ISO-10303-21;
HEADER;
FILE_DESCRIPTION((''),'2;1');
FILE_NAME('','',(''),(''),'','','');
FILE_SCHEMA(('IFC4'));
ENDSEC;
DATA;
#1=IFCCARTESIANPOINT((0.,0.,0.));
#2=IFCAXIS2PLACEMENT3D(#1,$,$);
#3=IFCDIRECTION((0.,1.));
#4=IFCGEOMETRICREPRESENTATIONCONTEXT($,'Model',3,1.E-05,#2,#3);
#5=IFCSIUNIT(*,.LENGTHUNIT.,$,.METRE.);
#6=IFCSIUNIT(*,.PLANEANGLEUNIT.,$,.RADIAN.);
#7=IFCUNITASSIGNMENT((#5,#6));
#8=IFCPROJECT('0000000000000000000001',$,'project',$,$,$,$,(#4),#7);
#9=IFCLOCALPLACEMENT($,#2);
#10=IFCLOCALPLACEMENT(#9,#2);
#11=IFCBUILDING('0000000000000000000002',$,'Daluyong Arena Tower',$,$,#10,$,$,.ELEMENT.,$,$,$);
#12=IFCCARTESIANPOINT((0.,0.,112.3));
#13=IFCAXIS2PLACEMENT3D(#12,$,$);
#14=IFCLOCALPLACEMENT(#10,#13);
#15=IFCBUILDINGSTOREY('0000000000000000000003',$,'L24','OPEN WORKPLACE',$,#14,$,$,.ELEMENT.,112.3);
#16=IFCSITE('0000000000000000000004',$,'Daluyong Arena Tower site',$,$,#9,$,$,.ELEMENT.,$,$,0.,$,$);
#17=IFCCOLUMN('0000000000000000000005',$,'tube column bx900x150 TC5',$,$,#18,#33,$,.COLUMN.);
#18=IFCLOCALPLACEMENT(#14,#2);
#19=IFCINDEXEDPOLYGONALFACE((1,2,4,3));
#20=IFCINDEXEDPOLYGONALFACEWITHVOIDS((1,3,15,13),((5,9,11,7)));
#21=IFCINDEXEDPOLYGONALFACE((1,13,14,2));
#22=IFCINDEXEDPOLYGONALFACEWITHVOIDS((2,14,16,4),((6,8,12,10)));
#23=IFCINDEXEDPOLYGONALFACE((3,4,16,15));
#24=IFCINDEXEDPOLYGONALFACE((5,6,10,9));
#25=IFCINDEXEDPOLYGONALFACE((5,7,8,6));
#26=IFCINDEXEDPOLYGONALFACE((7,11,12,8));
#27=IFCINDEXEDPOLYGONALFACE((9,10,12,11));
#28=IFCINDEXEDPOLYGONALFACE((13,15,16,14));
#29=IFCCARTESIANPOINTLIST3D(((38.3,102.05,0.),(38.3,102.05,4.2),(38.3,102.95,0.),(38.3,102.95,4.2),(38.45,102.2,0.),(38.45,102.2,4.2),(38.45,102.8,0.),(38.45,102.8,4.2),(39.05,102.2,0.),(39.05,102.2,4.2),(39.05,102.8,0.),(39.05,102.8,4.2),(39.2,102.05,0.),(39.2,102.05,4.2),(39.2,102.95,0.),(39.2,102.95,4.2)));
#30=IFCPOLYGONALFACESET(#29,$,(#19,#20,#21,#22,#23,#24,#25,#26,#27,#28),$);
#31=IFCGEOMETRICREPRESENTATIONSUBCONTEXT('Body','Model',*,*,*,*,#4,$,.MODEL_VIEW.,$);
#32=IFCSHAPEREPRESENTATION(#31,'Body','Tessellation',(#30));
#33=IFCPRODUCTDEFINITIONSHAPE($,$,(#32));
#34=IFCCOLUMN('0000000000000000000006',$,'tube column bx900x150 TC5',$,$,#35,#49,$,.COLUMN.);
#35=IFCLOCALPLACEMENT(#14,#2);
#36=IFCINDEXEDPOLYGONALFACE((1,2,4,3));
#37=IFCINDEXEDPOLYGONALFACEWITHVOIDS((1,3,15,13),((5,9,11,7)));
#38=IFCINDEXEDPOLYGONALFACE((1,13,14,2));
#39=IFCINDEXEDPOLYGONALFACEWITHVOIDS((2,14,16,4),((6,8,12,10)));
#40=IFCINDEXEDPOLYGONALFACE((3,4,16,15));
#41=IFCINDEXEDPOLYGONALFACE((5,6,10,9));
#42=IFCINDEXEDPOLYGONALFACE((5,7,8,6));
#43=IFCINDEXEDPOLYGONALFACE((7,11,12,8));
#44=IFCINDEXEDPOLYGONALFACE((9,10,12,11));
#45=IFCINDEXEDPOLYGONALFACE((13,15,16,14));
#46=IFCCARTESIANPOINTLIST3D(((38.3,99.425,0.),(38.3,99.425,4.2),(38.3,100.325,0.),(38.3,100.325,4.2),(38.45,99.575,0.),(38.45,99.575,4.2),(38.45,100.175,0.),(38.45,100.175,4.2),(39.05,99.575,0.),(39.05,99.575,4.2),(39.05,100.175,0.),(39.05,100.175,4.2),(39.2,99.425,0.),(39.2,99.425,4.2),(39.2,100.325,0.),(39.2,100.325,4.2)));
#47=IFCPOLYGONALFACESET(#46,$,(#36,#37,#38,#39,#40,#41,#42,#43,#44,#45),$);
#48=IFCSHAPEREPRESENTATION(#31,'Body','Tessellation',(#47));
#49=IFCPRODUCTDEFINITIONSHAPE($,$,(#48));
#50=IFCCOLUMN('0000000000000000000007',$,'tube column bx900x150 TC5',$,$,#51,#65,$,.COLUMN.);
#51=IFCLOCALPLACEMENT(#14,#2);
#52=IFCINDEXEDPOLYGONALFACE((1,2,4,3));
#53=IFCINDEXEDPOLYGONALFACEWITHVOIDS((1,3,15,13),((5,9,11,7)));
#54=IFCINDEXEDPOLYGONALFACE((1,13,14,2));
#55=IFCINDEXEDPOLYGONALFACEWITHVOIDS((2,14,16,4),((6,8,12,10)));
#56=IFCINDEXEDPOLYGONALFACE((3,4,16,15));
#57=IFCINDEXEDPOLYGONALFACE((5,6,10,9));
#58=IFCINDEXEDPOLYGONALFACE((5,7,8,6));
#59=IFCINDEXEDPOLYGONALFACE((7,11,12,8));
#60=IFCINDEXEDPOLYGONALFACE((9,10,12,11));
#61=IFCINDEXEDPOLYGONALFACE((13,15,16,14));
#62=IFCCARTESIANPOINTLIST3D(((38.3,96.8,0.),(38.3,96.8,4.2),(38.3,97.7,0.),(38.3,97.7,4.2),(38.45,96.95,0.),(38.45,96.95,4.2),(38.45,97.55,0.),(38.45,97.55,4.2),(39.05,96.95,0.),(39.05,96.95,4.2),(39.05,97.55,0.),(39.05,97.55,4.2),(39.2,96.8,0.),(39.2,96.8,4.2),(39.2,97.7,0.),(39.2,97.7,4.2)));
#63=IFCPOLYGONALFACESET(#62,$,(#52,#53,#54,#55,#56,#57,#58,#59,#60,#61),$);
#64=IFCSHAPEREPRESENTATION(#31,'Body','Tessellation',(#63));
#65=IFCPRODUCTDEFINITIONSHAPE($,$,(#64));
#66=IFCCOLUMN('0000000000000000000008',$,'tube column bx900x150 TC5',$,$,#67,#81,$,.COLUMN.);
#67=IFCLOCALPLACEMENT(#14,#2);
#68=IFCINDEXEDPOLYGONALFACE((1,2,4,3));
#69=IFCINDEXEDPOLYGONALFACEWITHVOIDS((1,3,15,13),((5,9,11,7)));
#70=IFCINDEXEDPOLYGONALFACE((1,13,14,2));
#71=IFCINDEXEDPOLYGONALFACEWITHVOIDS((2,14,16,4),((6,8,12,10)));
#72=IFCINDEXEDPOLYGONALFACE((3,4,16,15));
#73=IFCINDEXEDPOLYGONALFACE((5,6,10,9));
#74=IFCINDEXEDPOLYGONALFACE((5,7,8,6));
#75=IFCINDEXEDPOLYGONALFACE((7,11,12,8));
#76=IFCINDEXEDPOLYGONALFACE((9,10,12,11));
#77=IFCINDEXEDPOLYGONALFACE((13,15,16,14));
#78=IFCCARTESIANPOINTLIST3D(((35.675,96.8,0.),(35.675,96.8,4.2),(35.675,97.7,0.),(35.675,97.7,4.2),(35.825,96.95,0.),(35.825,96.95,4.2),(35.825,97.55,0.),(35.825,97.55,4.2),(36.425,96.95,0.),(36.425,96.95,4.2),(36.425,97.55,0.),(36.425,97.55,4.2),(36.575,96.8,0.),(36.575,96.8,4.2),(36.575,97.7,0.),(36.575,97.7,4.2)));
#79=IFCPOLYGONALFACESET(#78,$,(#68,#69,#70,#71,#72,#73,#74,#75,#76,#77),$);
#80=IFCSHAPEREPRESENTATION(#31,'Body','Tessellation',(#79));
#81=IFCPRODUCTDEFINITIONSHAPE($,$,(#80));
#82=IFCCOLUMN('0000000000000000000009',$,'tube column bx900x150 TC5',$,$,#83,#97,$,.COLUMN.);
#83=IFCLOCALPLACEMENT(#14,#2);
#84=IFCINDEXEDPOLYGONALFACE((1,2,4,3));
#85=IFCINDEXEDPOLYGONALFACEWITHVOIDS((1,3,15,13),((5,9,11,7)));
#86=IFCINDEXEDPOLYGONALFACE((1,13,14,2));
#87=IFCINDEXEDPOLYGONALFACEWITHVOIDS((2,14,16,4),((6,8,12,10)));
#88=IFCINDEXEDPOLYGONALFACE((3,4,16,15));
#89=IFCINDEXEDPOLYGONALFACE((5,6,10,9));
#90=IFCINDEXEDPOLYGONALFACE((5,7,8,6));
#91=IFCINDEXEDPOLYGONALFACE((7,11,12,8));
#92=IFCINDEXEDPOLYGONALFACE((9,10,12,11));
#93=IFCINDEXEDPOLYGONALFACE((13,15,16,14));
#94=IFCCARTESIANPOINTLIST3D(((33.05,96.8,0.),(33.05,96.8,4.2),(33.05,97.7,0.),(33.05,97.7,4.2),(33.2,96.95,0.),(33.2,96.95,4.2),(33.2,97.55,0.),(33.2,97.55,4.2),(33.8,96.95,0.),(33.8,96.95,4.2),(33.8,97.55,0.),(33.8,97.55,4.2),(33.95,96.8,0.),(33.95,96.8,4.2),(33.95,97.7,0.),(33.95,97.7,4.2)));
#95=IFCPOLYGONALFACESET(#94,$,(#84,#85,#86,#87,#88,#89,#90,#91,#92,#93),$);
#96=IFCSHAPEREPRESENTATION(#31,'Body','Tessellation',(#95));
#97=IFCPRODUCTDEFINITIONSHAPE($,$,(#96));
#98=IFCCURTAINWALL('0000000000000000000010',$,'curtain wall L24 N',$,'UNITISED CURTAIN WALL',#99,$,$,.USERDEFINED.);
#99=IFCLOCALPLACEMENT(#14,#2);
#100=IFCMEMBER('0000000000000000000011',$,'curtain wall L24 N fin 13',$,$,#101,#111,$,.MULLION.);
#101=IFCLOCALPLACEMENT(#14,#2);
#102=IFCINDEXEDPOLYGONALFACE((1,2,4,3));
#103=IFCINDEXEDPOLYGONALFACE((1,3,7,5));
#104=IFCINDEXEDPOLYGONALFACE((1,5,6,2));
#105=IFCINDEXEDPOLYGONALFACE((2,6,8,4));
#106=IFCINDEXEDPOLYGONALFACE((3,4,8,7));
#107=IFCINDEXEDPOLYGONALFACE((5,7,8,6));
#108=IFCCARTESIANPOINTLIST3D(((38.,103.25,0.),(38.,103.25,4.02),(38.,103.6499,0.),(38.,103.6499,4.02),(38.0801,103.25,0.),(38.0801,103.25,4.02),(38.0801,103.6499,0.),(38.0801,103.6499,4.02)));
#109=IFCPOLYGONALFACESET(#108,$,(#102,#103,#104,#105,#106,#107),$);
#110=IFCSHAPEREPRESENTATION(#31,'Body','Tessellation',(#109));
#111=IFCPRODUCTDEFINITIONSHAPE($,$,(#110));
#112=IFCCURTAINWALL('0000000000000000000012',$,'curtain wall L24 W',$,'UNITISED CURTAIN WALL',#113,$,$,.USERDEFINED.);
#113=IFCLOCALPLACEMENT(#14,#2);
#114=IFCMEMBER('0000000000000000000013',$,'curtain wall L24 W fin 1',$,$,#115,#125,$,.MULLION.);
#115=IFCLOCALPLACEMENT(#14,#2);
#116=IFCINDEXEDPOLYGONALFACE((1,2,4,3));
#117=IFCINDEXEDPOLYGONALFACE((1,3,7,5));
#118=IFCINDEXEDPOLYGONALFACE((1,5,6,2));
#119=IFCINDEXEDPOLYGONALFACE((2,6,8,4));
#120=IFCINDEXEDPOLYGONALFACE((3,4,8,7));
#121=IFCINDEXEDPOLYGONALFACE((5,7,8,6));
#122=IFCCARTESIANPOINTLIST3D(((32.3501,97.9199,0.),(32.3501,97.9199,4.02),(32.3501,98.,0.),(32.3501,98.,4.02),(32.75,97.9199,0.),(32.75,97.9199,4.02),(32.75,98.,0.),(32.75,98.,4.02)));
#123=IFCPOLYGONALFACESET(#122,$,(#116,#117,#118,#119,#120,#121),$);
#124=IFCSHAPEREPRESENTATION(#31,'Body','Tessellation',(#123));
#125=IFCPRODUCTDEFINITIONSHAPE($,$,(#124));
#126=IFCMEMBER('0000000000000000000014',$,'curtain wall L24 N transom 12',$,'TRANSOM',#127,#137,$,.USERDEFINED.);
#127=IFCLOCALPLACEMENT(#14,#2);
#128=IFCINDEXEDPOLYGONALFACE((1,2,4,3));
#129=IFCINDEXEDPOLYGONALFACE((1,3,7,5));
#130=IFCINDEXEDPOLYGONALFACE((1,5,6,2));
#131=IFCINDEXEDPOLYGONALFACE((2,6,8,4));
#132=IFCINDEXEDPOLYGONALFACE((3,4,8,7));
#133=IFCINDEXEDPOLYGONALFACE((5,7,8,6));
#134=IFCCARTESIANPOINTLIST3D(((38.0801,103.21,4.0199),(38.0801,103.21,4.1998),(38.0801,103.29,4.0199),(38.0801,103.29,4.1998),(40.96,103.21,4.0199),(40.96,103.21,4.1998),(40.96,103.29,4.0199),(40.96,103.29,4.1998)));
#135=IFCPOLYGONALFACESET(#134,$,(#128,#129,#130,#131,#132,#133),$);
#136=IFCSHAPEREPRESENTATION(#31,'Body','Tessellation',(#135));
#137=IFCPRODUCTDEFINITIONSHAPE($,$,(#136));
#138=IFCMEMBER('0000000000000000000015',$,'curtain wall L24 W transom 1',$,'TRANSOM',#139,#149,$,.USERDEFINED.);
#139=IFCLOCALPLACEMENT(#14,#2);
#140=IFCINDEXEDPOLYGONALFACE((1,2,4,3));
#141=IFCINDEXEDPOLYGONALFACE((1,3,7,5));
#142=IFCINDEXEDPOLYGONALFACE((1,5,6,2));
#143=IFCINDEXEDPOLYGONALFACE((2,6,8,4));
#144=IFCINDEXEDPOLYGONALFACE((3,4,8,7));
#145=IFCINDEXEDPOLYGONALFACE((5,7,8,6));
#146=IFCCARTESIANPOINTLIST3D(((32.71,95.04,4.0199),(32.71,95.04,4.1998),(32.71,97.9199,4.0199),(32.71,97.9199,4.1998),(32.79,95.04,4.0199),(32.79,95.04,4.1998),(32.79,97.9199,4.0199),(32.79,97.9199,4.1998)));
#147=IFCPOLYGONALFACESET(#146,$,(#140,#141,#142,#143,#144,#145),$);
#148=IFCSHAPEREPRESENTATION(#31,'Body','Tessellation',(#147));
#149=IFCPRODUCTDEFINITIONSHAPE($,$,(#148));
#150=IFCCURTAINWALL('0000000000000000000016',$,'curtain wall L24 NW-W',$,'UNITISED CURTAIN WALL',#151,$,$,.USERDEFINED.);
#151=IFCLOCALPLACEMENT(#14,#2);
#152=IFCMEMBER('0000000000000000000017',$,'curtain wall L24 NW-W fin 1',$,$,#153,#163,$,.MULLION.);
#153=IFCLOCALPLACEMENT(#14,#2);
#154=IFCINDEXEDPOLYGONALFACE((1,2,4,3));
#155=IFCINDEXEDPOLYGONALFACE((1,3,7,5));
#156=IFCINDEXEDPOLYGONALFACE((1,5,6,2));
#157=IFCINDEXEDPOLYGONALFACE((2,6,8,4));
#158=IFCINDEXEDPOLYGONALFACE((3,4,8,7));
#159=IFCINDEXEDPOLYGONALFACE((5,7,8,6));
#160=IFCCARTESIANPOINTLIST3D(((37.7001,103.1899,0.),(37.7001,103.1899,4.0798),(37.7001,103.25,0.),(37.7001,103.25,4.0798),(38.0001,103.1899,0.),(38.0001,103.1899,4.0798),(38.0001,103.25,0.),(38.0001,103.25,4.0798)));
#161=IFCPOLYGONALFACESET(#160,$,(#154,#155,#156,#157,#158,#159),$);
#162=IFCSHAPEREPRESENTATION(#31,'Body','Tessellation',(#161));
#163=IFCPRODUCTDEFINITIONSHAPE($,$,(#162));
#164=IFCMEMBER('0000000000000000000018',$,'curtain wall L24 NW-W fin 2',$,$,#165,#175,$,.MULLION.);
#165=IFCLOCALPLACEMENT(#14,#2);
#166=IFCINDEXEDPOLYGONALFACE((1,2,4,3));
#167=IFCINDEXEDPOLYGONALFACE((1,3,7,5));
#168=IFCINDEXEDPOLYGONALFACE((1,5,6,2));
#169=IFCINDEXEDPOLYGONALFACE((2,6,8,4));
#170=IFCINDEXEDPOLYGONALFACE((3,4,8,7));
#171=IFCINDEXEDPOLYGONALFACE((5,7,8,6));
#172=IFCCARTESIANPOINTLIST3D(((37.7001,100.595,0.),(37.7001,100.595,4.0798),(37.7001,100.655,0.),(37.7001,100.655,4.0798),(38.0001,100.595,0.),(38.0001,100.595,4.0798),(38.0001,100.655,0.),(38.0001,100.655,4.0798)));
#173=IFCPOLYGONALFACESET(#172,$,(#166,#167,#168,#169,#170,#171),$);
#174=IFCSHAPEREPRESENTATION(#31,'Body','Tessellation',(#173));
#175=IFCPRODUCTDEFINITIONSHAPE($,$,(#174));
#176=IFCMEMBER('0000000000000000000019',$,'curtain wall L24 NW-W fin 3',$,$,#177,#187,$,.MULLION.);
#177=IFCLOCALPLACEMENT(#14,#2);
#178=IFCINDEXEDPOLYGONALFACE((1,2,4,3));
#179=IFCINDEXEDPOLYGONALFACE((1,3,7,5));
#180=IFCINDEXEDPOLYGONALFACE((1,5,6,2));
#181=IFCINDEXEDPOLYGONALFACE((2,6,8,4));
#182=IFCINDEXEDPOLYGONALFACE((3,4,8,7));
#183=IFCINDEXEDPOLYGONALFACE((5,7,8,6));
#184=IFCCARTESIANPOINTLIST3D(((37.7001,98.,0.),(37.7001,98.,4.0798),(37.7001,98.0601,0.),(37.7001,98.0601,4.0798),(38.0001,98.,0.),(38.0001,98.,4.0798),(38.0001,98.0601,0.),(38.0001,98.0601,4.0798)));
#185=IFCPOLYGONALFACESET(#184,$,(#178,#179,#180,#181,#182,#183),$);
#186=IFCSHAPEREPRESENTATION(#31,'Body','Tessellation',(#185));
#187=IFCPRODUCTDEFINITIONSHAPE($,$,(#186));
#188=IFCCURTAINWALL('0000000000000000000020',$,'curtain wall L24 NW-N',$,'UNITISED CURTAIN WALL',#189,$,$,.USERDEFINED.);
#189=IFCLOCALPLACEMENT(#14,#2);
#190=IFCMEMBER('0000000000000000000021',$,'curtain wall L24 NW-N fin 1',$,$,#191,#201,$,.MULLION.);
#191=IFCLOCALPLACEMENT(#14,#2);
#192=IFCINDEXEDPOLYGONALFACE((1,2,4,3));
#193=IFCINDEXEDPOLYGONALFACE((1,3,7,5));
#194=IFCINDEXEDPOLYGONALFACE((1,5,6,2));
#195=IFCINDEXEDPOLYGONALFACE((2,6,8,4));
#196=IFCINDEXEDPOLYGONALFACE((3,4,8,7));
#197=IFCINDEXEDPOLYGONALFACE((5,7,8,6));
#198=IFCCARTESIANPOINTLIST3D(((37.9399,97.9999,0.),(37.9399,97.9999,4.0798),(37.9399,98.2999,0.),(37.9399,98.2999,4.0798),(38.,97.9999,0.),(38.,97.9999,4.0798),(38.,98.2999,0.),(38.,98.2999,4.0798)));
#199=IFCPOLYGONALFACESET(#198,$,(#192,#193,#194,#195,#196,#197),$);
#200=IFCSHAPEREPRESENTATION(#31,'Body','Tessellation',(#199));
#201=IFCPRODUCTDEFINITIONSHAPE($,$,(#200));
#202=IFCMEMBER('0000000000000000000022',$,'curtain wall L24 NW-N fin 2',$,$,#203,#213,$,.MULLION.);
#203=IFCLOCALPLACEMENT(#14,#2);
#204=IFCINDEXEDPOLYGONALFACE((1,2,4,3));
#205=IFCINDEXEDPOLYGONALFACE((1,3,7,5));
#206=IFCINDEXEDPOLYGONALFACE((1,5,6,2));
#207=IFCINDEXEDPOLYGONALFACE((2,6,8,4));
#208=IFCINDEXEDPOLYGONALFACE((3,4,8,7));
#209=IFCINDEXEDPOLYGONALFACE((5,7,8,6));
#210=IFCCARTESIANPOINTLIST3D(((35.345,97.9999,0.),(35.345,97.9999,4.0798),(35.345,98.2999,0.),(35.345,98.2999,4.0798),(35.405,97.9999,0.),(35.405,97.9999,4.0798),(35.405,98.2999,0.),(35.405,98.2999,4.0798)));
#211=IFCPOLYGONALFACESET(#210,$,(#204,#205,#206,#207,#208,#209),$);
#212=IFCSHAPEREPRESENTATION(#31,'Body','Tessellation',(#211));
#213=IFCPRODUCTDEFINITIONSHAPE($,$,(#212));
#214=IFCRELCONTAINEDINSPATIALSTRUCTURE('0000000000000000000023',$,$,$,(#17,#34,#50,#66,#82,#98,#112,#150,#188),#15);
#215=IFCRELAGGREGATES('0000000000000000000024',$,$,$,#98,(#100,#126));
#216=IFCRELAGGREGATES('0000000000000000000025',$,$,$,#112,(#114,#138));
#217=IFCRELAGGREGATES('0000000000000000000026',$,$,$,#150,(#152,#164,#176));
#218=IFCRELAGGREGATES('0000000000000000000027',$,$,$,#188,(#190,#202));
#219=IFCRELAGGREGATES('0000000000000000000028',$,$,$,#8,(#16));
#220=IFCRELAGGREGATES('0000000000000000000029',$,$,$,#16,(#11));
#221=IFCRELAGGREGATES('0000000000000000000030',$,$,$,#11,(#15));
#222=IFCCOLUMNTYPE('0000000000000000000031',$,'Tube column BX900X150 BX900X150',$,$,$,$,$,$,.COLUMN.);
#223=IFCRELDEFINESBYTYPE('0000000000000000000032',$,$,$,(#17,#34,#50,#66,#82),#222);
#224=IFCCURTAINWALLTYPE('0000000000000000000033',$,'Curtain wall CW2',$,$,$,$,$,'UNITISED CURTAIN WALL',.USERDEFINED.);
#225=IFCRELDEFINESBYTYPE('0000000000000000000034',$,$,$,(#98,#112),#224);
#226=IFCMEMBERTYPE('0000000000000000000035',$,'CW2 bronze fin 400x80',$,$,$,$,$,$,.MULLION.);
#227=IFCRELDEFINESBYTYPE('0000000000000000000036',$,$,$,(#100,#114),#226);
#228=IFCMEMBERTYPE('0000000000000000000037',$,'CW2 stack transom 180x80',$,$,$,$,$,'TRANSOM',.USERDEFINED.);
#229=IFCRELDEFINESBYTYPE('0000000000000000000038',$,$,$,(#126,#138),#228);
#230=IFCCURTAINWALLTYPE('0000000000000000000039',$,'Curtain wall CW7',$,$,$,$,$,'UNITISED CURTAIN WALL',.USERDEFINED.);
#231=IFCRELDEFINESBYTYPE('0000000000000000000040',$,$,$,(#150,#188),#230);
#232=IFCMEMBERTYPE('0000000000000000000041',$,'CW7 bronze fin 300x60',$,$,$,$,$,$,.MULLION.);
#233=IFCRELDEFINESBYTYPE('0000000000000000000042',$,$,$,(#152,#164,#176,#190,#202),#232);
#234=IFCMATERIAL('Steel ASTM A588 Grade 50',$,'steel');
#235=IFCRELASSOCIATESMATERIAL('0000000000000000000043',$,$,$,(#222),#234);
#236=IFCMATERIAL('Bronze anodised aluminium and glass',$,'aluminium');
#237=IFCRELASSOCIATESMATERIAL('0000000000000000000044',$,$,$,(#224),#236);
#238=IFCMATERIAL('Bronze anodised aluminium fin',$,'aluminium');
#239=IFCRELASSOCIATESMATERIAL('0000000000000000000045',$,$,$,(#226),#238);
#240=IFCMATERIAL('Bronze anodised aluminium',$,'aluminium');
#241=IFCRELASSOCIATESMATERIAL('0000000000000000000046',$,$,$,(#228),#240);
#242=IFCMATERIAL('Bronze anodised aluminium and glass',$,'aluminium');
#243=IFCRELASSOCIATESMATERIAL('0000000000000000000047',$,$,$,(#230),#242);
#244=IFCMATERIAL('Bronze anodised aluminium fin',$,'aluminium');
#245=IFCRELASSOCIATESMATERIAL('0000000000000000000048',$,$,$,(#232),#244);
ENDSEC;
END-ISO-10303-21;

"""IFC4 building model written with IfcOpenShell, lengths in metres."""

from ifc_helpers import new_model, si_unit, direction, frame, origin, origin_2d, place, context, subcontext, project, spatial, rectangle, hollow_rectangle, extrude, material, material_profile, profile_set, type_object, element, aggregate, save


model = new_model("IFC4")

# Units and contexts
model_context = context("Model", 3, precision=1e-05, world=origin(), true_north=direction((0.0, 1.0)))
body_context = subcontext(model_context, "Body", "Model", "MODEL_VIEW")
ifc_project = project(units=[si_unit("LENGTHUNIT", "METRE"), si_unit("PLANEANGLEUNIT", "RADIAN")], contexts=[model_context])

# Site, building, storey
site_placement = place(None, origin())
site = spatial("IfcSite", under=ifc_project, at=site_placement, Name="Daluyong Arena Tower site", CompositionType="ELEMENT", RefElevation=0.0)
building_placement = place(site_placement, origin())
building = spatial("IfcBuilding", under=site, at=building_placement, Name="Daluyong Arena Tower", CompositionType="ELEMENT")
storey_placement = place(building_placement, frame((0.0, 0.0, 112.3)))
storey = spatial("IfcBuildingStorey", under=building, at=storey_placement, Name="L24", Description="OPEN WORKPLACE", CompositionType="ELEMENT", Elevation=112.3)

# Columns
ifc_material_1 = material(Name="Steel ASTM A588 Grade 50", Category="steel")
ifc_material_profile_1 = material_profile(ifc_material_1, hollow_rectangle(XDim=0.8999, YDim=0.8999, WallThickness=0.15, at=origin_2d()))
ifc_profile_set_1 = profile_set([ifc_material_profile_1], Name="Steel ASTM A588 Grade 50")
column_type = type_object("IfcColumnType", Name="Tube column BX900X150 BX900X150", PredefinedType="COLUMN", material=ifc_profile_set_1)
for number, where, z_axis, x_axis, name in (
    (1, (38.75, 102.5, 0.0), (0.0, 0.0, 1.0), (0.0, 1.0, 0.0), "tube column bx900x150 TC5"),
    (2, (38.75, 99.875, 0.0), (0.0, 0.0, 1.0), (0.0, 1.0, 0.0), "tube column bx900x150 TC5"),
    (3, (38.75, 97.25, 0.0), (0.0, 0.0, 1.0), (1.0, 0.0, 0.0), "tube column bx900x150 TC5"),
    (4, (36.125, 97.25, 0.0), (0.0, 0.0, 1.0), (1.0, 0.0, 0.0), "tube column bx900x150 TC5"),
    (5, (33.5, 97.25, 0.0), (0.0, 0.0, 1.0), (0.0, 1.0, 0.0), "tube column bx900x150 TC5"),
):
    element("IfcColumn", number, at=place(storey_placement, frame(where, z_axis=z_axis, x_axis=x_axis)), inside=storey, type_object=column_type, Name=name, PredefinedType="COLUMN", context=body_context, shape_type="SweptSolid", body=[
        extrude(hollow_rectangle(XDim=0.8999, YDim=0.8999, WallThickness=0.15, at=origin_2d()), origin(), (0.0, 0.0, 1.0), 4.2),
    ])

# Curtain walls, members
ifc_material_2 = material(Name="Bronze anodised aluminium and glass", Category="aluminium")
curtain_wall_type_1 = type_object("IfcCurtainWallType", Name="Curtain wall CW2", ElementType="UNITISED CURTAIN WALL", PredefinedType="USERDEFINED", material=ifc_material_2)
curtain_wall_1_placement = place(storey_placement, origin())
curtain_wall_1 = element("IfcCurtainWall", 6, at=curtain_wall_1_placement, inside=storey, type_object=curtain_wall_type_1, Name="curtain wall L24 N", ObjectType="UNITISED CURTAIN WALL", PredefinedType="USERDEFINED")
ifc_material_3 = material(Name="Bronze anodised aluminium fin", Category="aluminium")
ifc_material_profile_2 = material_profile(ifc_material_3, rectangle(XDim=0.3999, YDim=0.0801, at=origin_2d()))
ifc_profile_set_2 = profile_set([ifc_material_profile_2], Name="Bronze anodised aluminium fin")
member_type_1 = type_object("IfcMemberType", Name="CW2 bronze fin 400x80", PredefinedType="MULLION", material=ifc_profile_set_2)
member_1_placement = place(storey_placement, frame((38.04, 103.45, 0.0), z_axis=(0.0, 0.0, 1.0), x_axis=(0.0, -1.0, 0.0)))
member_1 = element("IfcMember", 7, at=member_1_placement, type_object=member_type_1, Name="curtain wall L24 N fin 13", PredefinedType="MULLION", context=body_context, shape_type="SweptSolid", body=[
    extrude(rectangle(XDim=0.3999, YDim=0.0801, at=origin_2d()), origin(), (0.0, 0.0, 1.0), 4.02),
])
curtain_wall_2_placement = place(storey_placement, origin())
curtain_wall_2 = element("IfcCurtainWall", 8, at=curtain_wall_2_placement, inside=storey, type_object=curtain_wall_type_1, Name="curtain wall L24 W", ObjectType="UNITISED CURTAIN WALL", PredefinedType="USERDEFINED")
member_2_placement = place(storey_placement, frame((32.55, 97.96, 0.0), z_axis=(0.0, 0.0, 1.0), x_axis=(1.0, 0.0, 0.0)))
member_2 = element("IfcMember", 9, at=member_2_placement, type_object=member_type_1, Name="curtain wall L24 W fin 1", PredefinedType="MULLION", context=body_context, shape_type="SweptSolid", body=[
    extrude(rectangle(XDim=0.3999, YDim=0.0801, at=origin_2d()), origin(), (0.0, 0.0, 1.0), 4.02),
])

# Members
ifc_material_4 = material(Name="Bronze anodised aluminium", Category="aluminium")
ifc_material_profile_3 = material_profile(ifc_material_4, rectangle(XDim=0.0801, YDim=0.1799, at=origin_2d()))
ifc_profile_set_3 = profile_set([ifc_material_profile_3], Name="Bronze anodised aluminium")
member_type_2 = type_object("IfcMemberType", Name="CW2 stack transom 180x80", ElementType="TRANSOM", PredefinedType="USERDEFINED", material=ifc_profile_set_3)
member_3_placement = place(storey_placement, frame((40.96, 103.25, 4.1099), z_axis=(-1.0, 0.0, 0.0), x_axis=(0.0, -1.0, 0.0)))
member_3 = element("IfcMember", 10, at=member_3_placement, type_object=member_type_2, Name="curtain wall L24 N transom 12", ObjectType="TRANSOM", PredefinedType="USERDEFINED", context=body_context, shape_type="SweptSolid", body=[
    extrude(rectangle(XDim=0.0801, YDim=0.1799, at=origin_2d()), origin(), (0.0, 0.0, 1.0), 2.8799),
])
member_4_placement = place(storey_placement, frame((32.75, 97.9199, 4.1099), z_axis=(0.0, -1.0, 0.0), x_axis=(1.0, 0.0, 0.0)))
member_4 = element("IfcMember", 11, at=member_4_placement, type_object=member_type_2, Name="curtain wall L24 W transom 1", ObjectType="TRANSOM", PredefinedType="USERDEFINED", context=body_context, shape_type="SweptSolid", body=[
    extrude(rectangle(XDim=0.0801, YDim=0.1799, at=origin_2d()), origin(), (0.0, 0.0, 1.0), 2.8799),
])

# Curtain walls, members
ifc_material_5 = material(Name="Bronze anodised aluminium and glass", Category="aluminium")
curtain_wall_type_2 = type_object("IfcCurtainWallType", Name="Curtain wall CW7", ElementType="UNITISED CURTAIN WALL", PredefinedType="USERDEFINED", material=ifc_material_5)
curtain_wall_3_placement = place(storey_placement, origin())
curtain_wall_3 = element("IfcCurtainWall", 12, at=curtain_wall_3_placement, inside=storey, type_object=curtain_wall_type_2, Name="curtain wall L24 NW-W", ObjectType="UNITISED CURTAIN WALL", PredefinedType="USERDEFINED")
ifc_material_6 = material(Name="Bronze anodised aluminium fin", Category="aluminium")
ifc_material_profile_4 = material_profile(ifc_material_6, rectangle(XDim=0.3, YDim=0.0601, at=origin_2d()))
ifc_profile_set_4 = profile_set([ifc_material_profile_4], Name="Bronze anodised aluminium fin")
member_type_3 = type_object("IfcMemberType", Name="CW7 bronze fin 300x60", PredefinedType="MULLION", material=ifc_profile_set_4)
member_5_placement = place(storey_placement, frame((37.8501, 103.22, 0.0), z_axis=(0.0, 0.0, 1.0), x_axis=(1.0, 0.0, 0.0)))
member_5 = element("IfcMember", 13, at=member_5_placement, type_object=member_type_3, Name="curtain wall L24 NW-W fin 1", PredefinedType="MULLION", context=body_context, shape_type="SweptSolid", body=[
    extrude(rectangle(XDim=0.3, YDim=0.0601, at=origin_2d()), origin(), (0.0, 0.0, 1.0), 4.0798),
])
member_6_placement = place(storey_placement, frame((37.8501, 100.625, 0.0), z_axis=(0.0, 0.0, 1.0), x_axis=(1.0, 0.0, 0.0)))
member_6 = element("IfcMember", 14, at=member_6_placement, type_object=member_type_3, Name="curtain wall L24 NW-W fin 2", PredefinedType="MULLION", context=body_context, shape_type="SweptSolid", body=[
    extrude(rectangle(XDim=0.3, YDim=0.0601, at=origin_2d()), origin(), (0.0, 0.0, 1.0), 4.0798),
])
member_7_placement = place(storey_placement, frame((37.8501, 98.03, 0.0), z_axis=(0.0, 0.0, 1.0), x_axis=(1.0, 0.0, 0.0)))
member_7 = element("IfcMember", 15, at=member_7_placement, type_object=member_type_3, Name="curtain wall L24 NW-W fin 3", PredefinedType="MULLION", context=body_context, shape_type="SweptSolid", body=[
    extrude(rectangle(XDim=0.3, YDim=0.0601, at=origin_2d()), origin(), (0.0, 0.0, 1.0), 4.0798),
])
curtain_wall_4_placement = place(storey_placement, origin())
curtain_wall_4 = element("IfcCurtainWall", 16, at=curtain_wall_4_placement, inside=storey, type_object=curtain_wall_type_2, Name="curtain wall L24 NW-N", ObjectType="UNITISED CURTAIN WALL", PredefinedType="USERDEFINED")
member_8_placement = place(storey_placement, frame((37.97, 98.1499, 0.0), z_axis=(0.0, 0.0, 1.0), x_axis=(0.0, -1.0, 0.0)))
member_8 = element("IfcMember", 17, at=member_8_placement, type_object=member_type_3, Name="curtain wall L24 NW-N fin 1", PredefinedType="MULLION", context=body_context, shape_type="SweptSolid", body=[
    extrude(rectangle(XDim=0.3, YDim=0.0601, at=origin_2d()), origin(), (0.0, 0.0, 1.0), 4.0798),
])
member_9_placement = place(storey_placement, frame((35.375, 98.1499, 0.0), z_axis=(0.0, 0.0, 1.0), x_axis=(0.0, -1.0, 0.0)))
member_9 = element("IfcMember", 18, at=member_9_placement, type_object=member_type_3, Name="curtain wall L24 NW-N fin 2", PredefinedType="MULLION", context=body_context, shape_type="SweptSolid", body=[
    extrude(rectangle(XDim=0.3, YDim=0.0601, at=origin_2d()), origin(), (0.0, 0.0, 1.0), 4.0798),
])

aggregate(curtain_wall_1, [member_1, member_3])
aggregate(curtain_wall_2, [member_2, member_4])
aggregate(curtain_wall_3, [member_5, member_6, member_7])
aggregate(curtain_wall_4, [member_8, member_9])

save(model, "model.ifc")
